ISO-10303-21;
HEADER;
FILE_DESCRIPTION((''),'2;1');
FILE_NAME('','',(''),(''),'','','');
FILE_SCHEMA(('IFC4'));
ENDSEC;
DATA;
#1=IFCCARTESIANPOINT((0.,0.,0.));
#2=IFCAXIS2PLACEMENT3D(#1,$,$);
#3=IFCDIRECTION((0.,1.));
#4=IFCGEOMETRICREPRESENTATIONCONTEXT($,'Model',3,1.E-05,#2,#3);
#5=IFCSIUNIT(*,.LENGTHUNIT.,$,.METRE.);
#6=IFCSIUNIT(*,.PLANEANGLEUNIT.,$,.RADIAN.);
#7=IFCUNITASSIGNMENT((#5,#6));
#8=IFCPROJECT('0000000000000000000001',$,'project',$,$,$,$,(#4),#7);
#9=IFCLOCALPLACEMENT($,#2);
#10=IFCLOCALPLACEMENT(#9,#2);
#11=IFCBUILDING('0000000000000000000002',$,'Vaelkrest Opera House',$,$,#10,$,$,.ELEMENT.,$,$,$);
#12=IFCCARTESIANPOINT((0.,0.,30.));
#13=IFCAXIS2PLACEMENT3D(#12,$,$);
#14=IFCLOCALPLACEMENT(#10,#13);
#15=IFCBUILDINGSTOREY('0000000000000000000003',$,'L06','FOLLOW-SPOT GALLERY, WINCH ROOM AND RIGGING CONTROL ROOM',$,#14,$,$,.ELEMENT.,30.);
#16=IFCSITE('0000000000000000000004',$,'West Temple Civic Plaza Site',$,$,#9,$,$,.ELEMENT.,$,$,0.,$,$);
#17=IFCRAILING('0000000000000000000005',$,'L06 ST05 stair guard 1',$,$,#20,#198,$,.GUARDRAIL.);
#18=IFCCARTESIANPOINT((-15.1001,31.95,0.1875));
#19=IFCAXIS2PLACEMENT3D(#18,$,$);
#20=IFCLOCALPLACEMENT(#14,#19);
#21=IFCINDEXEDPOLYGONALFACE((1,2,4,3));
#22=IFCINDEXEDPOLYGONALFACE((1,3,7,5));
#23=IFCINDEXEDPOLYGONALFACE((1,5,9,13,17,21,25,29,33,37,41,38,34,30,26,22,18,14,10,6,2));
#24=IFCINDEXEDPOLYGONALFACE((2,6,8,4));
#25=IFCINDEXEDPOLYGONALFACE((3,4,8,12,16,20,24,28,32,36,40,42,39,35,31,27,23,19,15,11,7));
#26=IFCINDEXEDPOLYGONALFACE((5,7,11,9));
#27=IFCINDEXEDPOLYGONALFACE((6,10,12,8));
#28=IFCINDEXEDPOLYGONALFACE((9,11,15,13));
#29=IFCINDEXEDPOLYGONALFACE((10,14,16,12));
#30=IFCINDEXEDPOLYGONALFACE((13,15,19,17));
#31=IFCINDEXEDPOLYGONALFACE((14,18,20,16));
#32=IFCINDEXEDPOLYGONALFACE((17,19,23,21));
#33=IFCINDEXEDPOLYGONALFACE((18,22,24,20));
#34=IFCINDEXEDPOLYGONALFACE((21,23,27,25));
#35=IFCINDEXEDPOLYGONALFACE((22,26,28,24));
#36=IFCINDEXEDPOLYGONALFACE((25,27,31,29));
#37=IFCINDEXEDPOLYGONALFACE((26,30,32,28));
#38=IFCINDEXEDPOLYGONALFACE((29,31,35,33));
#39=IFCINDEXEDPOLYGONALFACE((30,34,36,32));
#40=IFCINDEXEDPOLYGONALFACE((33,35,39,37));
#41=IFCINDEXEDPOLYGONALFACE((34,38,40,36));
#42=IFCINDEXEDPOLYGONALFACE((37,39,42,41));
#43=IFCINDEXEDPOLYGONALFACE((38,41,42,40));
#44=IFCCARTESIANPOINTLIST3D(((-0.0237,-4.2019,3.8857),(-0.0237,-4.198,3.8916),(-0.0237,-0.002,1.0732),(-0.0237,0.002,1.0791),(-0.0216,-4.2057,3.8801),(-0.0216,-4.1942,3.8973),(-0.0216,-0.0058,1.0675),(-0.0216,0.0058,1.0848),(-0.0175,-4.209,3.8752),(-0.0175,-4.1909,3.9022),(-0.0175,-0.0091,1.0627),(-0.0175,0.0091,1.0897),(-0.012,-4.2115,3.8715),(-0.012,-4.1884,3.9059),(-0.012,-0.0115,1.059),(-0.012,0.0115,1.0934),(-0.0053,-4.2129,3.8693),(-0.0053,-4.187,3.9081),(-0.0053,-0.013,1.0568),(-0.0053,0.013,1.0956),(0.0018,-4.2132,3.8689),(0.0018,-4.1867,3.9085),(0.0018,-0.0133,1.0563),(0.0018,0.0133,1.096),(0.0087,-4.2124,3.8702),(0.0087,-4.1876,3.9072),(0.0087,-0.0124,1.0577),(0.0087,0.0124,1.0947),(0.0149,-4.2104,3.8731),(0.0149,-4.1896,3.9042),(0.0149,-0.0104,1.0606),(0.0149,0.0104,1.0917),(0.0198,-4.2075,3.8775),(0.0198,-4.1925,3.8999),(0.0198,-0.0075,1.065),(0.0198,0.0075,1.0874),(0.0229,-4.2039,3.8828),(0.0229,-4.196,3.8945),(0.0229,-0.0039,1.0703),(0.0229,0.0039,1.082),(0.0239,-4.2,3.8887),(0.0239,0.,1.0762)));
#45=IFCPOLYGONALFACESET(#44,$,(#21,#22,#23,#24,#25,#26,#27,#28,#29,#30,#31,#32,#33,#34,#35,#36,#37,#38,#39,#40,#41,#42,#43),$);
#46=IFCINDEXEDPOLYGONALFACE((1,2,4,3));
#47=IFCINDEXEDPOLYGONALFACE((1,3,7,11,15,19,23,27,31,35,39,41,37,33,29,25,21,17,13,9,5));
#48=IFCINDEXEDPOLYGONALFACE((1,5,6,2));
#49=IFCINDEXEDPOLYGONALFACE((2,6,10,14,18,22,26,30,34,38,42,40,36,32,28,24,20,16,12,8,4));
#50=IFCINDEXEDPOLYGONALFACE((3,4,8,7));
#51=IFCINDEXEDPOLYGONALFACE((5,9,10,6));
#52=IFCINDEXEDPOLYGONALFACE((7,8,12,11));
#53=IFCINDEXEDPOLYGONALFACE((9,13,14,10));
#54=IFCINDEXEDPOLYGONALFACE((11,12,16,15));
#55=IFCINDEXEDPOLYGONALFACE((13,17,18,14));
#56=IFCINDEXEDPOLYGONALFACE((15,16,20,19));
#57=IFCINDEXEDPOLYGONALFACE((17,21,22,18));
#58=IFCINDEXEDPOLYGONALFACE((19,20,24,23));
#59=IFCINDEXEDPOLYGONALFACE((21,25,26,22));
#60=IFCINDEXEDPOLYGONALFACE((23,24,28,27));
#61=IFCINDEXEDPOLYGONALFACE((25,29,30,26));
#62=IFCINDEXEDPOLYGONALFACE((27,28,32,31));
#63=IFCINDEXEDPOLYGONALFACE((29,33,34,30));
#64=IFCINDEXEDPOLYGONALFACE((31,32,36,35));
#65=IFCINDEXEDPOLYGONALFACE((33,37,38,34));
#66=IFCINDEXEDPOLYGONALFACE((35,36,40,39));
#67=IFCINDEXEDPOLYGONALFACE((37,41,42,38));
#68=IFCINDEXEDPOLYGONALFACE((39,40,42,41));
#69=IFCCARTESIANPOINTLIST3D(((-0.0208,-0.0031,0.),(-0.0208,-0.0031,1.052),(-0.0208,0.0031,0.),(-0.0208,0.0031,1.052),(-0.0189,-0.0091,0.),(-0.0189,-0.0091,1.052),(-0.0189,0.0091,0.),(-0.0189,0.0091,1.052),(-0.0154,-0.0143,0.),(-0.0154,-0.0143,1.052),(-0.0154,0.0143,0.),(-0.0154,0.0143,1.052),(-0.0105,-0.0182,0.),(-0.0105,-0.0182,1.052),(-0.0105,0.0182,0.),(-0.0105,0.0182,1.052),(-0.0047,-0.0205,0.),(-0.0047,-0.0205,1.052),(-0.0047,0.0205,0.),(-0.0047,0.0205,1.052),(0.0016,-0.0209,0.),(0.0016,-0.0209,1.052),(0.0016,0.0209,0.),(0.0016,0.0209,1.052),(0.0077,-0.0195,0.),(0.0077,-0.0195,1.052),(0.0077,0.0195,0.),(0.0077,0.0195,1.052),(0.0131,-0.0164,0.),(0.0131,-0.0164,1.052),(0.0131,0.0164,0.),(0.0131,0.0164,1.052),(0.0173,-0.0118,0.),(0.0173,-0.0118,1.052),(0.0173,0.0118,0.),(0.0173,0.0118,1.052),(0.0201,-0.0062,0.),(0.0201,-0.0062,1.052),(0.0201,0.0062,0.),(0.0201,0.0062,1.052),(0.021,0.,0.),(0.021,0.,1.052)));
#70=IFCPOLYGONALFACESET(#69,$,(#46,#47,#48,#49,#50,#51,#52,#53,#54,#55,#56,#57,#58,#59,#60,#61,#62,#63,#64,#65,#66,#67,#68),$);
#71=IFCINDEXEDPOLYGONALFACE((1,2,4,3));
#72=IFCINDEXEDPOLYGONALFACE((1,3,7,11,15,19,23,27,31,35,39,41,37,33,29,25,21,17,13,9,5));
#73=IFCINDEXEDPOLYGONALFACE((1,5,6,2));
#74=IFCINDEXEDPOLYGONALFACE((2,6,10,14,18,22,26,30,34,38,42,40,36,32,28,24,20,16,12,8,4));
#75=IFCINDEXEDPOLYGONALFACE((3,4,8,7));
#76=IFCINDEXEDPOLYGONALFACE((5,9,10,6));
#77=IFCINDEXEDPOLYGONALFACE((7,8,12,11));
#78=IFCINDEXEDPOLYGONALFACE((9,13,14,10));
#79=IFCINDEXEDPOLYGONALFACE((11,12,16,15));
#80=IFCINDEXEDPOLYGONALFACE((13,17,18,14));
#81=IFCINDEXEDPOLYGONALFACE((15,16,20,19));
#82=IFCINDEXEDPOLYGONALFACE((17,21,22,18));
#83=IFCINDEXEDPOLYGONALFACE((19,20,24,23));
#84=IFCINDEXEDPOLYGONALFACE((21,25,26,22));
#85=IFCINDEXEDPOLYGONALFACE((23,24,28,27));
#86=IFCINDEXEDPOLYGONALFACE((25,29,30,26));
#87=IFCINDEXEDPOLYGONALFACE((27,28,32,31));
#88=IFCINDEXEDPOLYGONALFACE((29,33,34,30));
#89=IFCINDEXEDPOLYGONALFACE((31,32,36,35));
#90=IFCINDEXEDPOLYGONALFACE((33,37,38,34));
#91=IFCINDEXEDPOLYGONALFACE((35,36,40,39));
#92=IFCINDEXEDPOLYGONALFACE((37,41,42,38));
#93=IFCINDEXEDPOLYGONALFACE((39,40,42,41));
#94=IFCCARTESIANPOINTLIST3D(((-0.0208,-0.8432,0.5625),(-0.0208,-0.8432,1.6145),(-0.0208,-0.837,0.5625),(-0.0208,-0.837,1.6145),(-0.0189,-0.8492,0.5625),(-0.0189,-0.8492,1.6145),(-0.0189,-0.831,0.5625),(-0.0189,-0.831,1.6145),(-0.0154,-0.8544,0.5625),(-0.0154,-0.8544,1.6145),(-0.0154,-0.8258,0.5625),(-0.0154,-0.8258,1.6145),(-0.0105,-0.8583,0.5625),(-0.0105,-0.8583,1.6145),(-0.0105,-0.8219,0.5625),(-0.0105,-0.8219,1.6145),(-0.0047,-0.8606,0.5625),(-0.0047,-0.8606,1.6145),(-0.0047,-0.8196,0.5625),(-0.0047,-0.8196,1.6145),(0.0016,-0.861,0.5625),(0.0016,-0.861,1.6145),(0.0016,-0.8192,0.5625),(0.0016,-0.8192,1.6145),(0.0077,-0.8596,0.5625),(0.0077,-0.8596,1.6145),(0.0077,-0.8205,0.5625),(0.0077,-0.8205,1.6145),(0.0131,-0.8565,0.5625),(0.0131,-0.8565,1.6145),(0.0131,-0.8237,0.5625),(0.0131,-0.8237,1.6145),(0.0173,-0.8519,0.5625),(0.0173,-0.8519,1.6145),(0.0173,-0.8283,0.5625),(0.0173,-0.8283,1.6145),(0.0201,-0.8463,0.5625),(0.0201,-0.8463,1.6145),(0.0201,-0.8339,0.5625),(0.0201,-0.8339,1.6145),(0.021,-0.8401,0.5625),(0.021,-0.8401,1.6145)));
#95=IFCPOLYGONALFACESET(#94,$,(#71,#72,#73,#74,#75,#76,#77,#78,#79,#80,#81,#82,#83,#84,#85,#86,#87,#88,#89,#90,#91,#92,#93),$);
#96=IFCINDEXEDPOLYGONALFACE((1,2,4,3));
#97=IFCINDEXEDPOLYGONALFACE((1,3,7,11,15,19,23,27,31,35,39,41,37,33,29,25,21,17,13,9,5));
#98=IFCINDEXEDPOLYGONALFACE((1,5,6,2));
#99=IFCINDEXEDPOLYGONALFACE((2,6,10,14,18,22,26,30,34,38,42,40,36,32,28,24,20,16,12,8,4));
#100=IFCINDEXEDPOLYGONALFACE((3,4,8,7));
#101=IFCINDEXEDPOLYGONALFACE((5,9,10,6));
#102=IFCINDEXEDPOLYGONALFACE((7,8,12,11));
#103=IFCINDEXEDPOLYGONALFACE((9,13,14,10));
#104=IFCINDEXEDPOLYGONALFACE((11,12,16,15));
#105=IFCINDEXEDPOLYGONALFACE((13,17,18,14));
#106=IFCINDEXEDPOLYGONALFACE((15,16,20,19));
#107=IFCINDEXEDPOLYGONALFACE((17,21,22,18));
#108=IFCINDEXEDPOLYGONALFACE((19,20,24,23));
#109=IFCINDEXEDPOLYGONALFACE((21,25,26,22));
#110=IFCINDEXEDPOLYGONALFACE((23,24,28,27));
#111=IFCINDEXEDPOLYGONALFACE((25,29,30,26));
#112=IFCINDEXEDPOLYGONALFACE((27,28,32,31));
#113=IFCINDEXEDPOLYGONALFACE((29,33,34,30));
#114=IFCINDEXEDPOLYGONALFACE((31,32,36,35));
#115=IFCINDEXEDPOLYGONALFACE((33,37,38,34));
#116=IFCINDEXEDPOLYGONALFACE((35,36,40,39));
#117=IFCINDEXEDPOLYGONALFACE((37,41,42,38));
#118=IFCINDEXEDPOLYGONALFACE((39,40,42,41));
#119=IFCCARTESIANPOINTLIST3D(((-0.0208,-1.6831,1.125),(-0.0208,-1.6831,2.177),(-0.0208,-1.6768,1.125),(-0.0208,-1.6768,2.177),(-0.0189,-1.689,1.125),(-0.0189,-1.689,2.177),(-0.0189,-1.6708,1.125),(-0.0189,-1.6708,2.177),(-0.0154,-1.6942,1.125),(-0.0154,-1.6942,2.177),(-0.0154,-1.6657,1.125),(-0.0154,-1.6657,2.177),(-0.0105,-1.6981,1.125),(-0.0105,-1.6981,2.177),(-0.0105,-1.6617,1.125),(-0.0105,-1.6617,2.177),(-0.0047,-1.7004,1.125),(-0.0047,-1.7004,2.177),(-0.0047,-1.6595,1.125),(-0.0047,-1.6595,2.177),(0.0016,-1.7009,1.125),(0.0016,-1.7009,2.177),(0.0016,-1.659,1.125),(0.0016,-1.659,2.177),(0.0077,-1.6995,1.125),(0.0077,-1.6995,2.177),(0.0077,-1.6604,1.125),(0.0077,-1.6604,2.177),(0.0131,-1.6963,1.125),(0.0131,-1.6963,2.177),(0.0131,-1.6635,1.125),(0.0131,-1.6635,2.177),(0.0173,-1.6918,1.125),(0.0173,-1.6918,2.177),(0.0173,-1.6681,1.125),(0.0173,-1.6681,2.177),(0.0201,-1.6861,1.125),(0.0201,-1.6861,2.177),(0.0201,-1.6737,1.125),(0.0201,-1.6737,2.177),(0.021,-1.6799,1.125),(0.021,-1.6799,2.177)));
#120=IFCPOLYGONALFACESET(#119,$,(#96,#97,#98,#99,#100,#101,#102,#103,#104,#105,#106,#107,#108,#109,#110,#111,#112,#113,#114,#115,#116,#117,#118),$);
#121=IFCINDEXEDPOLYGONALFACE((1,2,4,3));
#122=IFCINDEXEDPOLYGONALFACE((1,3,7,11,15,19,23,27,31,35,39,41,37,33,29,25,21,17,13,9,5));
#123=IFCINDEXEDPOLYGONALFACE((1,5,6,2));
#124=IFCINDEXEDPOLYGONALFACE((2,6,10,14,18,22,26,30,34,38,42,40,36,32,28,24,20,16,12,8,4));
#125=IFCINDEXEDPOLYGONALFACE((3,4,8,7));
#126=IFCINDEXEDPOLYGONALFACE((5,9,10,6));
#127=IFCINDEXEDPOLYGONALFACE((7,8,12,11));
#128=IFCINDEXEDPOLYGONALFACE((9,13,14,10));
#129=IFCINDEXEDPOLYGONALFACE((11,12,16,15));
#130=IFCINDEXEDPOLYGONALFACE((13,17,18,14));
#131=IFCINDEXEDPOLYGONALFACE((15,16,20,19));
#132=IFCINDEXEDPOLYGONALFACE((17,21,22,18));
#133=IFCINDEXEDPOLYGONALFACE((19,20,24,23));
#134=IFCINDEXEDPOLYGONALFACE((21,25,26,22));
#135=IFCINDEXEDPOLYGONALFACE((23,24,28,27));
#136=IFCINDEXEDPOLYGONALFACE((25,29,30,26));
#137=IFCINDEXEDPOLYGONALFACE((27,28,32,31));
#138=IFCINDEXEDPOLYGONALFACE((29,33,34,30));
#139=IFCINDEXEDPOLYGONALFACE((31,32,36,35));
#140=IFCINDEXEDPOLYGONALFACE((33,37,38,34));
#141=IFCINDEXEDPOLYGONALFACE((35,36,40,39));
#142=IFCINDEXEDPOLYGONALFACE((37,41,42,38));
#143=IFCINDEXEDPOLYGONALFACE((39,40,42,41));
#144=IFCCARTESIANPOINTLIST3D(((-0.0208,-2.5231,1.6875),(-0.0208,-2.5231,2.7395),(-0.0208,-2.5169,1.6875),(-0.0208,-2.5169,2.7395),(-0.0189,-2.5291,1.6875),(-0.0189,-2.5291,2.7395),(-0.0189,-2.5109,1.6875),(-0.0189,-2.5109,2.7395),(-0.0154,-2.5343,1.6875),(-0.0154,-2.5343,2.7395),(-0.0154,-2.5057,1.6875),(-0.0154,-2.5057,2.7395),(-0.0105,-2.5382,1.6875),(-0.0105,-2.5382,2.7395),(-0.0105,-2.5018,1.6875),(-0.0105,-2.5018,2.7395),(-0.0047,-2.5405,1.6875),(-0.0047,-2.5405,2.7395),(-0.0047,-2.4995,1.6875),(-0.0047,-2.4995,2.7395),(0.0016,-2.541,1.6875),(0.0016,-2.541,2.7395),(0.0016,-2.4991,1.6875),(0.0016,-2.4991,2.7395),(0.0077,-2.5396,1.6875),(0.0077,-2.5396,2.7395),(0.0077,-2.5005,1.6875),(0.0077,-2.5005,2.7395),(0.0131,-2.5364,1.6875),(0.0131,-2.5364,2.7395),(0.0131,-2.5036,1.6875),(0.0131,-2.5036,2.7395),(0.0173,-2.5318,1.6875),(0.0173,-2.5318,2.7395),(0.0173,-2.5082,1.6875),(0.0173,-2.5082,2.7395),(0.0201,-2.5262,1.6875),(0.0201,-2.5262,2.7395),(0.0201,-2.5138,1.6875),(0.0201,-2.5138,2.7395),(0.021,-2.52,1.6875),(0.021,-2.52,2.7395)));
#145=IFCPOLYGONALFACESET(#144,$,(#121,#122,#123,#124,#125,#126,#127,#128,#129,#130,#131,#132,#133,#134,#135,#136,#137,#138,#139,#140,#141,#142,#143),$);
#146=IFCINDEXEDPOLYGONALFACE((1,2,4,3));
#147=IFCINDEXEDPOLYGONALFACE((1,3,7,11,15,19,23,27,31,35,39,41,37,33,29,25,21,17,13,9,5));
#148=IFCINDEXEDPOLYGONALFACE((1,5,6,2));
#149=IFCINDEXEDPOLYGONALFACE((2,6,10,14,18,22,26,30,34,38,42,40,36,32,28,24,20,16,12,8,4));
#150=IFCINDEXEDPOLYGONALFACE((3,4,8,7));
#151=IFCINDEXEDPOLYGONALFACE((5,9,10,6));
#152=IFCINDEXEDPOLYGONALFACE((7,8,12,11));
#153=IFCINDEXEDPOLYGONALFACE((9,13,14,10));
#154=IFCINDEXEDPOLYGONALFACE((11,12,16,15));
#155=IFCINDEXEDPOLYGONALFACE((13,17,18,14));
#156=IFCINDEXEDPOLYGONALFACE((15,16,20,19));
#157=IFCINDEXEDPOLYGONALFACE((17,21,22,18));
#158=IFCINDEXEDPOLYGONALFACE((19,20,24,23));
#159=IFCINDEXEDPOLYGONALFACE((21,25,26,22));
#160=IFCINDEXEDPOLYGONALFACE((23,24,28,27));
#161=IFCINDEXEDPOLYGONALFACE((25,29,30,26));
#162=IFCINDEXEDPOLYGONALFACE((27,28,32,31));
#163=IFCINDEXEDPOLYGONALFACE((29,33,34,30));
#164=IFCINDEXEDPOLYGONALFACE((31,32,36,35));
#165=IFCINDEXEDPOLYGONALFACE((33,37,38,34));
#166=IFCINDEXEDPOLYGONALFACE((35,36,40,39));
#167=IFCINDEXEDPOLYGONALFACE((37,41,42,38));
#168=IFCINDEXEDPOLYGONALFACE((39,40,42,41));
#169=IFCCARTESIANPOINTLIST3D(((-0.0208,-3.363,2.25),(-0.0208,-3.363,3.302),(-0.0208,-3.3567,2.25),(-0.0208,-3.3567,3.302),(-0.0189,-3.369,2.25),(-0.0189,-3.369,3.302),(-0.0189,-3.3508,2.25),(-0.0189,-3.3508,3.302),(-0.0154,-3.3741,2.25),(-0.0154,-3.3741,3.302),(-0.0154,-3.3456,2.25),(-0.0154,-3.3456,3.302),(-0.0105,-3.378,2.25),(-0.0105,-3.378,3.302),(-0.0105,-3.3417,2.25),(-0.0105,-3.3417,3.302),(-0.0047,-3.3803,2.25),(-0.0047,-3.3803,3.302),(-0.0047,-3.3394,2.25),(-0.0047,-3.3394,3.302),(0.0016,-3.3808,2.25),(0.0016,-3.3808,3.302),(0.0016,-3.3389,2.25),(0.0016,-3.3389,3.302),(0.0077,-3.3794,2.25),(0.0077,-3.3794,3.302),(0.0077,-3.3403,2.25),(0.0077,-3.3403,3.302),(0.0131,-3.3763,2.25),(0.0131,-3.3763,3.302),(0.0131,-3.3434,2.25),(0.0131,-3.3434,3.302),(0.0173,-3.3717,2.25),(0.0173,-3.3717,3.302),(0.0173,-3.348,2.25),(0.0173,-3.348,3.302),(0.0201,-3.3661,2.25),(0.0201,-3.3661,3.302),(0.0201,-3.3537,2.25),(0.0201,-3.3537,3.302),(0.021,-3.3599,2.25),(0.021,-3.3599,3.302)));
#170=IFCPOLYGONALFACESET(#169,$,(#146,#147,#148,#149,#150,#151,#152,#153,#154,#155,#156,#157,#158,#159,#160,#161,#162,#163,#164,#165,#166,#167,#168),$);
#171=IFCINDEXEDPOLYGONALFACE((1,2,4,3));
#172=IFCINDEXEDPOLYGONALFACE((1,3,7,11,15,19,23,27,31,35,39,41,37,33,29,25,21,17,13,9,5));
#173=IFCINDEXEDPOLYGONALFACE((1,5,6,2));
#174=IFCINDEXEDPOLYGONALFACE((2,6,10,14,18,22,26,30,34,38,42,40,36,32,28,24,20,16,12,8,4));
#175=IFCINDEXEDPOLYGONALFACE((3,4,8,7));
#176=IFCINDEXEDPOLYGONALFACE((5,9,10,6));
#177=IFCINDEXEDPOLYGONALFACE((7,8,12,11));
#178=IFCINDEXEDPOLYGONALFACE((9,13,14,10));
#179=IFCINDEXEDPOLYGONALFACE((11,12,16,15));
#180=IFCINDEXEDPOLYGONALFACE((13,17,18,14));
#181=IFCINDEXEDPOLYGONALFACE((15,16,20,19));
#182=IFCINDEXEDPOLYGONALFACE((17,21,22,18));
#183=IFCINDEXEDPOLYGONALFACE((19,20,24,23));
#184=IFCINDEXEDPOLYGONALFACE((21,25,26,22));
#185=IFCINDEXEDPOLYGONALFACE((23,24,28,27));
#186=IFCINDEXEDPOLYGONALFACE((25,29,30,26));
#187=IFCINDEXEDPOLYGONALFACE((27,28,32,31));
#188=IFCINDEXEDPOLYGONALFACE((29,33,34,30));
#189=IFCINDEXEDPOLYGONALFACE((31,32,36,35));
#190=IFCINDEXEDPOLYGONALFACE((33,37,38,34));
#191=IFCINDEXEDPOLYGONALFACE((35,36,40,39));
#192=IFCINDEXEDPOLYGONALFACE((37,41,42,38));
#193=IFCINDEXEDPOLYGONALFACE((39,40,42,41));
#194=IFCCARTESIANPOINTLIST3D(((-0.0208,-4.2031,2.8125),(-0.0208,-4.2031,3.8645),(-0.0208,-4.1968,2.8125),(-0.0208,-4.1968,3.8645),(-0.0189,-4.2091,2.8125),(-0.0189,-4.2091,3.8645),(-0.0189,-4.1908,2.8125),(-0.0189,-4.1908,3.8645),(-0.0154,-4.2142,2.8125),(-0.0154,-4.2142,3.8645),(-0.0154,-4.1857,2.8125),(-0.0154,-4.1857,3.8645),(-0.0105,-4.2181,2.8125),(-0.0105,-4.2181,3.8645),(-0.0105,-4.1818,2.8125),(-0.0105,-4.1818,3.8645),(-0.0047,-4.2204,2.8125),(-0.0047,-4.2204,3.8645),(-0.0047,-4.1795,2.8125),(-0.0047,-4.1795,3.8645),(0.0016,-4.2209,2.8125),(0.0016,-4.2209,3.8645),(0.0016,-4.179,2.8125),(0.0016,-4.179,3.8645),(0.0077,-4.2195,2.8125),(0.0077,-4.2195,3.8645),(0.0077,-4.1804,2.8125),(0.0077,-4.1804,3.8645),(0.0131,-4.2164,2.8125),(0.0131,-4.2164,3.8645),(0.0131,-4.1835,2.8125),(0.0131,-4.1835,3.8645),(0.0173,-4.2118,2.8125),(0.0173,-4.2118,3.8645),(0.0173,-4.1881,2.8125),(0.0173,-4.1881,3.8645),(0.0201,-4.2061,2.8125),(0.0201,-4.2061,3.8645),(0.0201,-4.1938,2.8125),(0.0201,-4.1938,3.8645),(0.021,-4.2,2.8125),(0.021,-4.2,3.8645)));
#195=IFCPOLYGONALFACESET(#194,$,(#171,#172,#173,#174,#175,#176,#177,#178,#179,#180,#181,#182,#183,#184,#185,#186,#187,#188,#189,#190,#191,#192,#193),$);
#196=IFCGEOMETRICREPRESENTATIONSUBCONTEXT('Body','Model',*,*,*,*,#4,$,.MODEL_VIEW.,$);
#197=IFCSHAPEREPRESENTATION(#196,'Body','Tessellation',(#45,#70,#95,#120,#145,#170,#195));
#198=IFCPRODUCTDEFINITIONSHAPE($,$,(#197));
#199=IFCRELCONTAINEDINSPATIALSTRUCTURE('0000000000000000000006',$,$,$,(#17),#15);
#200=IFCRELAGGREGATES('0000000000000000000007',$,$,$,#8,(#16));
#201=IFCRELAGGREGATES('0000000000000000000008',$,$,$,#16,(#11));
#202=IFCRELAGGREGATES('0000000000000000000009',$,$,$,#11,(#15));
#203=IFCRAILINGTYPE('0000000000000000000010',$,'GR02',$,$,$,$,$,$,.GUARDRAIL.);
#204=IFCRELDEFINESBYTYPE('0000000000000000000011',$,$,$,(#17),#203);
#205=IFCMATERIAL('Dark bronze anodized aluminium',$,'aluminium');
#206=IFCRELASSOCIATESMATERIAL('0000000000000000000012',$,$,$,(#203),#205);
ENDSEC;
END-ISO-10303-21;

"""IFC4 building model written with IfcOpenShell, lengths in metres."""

from ifc_helpers import new_model, si_unit, direction, frame, origin, origin_2d, place, context, subcontext, project, spatial, circle, extrude, material, type_object, element, save


model = new_model("IFC4")

# Units and contexts
model_context = context("Model", 3, precision=1e-05, world=origin(), true_north=direction((0.0, 1.0)))
body_context = subcontext(model_context, "Body", "Model", "MODEL_VIEW")
ifc_project = project(units=[si_unit("LENGTHUNIT", "METRE"), si_unit("PLANEANGLEUNIT", "RADIAN")], contexts=[model_context])

# Site, building, storey
site_placement = place(None, origin())
site = spatial("IfcSite", under=ifc_project, at=site_placement, Name="West Temple Civic Plaza Site", CompositionType="ELEMENT", RefElevation=0.0)
building_placement = place(site_placement, origin())
building = spatial("IfcBuilding", under=site, at=building_placement, Name="Vaelkrest Opera House", CompositionType="ELEMENT")
storey_placement = place(building_placement, frame((0.0, 0.0, 30.0)))
storey = spatial("IfcBuildingStorey", under=building, at=storey_placement, Name="L06", Description="FOLLOW-SPOT GALLERY, WINCH ROOM AND RIGGING CONTROL ROOM", CompositionType="ELEMENT", Elevation=30.0)

# Shared definitions
ifc_material_1 = material(Name="Dark bronze anodized aluminium", Category="aluminium")

# Railing
railing_type_1 = type_object("IfcRailingType", Name="GR02", PredefinedType="GUARDRAIL", material=ifc_material_1)
railing_1_placement = place(storey_placement, frame((-15.1001, 31.95, 0.1875)))
element("IfcRailing", 1, at=railing_1_placement, inside=storey, type_object=railing_type_1, Name="L06 ST05 stair guard 1", PredefinedType="GUARDRAIL", context=body_context, shape_type="SweptSolid", body=[
    extrude(circle(Radius=0.0239, at=origin_2d()), frame((0.0, 0.0, 1.0762), z_axis=(0.0, -0.830904, 0.556416), x_axis=(1.0, 0.0, 0.0)), (0.0, 0.0, 1.0), 5.0547),
    extrude(circle(Radius=0.021, at=origin_2d()), origin(), (0.0, 0.0, 1.0), 1.052),
    extrude(circle(Radius=0.021, at=origin_2d()), frame((0.0, -0.8401, 0.5625)), (0.0, 0.0, 1.0), 1.052),
    extrude(circle(Radius=0.021, at=origin_2d()), frame((0.0, -1.6799, 1.125)), (0.0, 0.0, 1.0), 1.052),
    extrude(circle(Radius=0.021, at=origin_2d()), frame((0.0, -2.52, 1.6875)), (0.0, 0.0, 1.0), 1.052),
    extrude(circle(Radius=0.021, at=origin_2d()), frame((0.0, -3.3599, 2.25)), (0.0, 0.0, 1.0), 1.052),
    extrude(circle(Radius=0.021, at=origin_2d()), frame((0.0, -4.2, 2.8125)), (0.0, 0.0, 1.0), 1.052),
])

save(model, "model.ifc")
